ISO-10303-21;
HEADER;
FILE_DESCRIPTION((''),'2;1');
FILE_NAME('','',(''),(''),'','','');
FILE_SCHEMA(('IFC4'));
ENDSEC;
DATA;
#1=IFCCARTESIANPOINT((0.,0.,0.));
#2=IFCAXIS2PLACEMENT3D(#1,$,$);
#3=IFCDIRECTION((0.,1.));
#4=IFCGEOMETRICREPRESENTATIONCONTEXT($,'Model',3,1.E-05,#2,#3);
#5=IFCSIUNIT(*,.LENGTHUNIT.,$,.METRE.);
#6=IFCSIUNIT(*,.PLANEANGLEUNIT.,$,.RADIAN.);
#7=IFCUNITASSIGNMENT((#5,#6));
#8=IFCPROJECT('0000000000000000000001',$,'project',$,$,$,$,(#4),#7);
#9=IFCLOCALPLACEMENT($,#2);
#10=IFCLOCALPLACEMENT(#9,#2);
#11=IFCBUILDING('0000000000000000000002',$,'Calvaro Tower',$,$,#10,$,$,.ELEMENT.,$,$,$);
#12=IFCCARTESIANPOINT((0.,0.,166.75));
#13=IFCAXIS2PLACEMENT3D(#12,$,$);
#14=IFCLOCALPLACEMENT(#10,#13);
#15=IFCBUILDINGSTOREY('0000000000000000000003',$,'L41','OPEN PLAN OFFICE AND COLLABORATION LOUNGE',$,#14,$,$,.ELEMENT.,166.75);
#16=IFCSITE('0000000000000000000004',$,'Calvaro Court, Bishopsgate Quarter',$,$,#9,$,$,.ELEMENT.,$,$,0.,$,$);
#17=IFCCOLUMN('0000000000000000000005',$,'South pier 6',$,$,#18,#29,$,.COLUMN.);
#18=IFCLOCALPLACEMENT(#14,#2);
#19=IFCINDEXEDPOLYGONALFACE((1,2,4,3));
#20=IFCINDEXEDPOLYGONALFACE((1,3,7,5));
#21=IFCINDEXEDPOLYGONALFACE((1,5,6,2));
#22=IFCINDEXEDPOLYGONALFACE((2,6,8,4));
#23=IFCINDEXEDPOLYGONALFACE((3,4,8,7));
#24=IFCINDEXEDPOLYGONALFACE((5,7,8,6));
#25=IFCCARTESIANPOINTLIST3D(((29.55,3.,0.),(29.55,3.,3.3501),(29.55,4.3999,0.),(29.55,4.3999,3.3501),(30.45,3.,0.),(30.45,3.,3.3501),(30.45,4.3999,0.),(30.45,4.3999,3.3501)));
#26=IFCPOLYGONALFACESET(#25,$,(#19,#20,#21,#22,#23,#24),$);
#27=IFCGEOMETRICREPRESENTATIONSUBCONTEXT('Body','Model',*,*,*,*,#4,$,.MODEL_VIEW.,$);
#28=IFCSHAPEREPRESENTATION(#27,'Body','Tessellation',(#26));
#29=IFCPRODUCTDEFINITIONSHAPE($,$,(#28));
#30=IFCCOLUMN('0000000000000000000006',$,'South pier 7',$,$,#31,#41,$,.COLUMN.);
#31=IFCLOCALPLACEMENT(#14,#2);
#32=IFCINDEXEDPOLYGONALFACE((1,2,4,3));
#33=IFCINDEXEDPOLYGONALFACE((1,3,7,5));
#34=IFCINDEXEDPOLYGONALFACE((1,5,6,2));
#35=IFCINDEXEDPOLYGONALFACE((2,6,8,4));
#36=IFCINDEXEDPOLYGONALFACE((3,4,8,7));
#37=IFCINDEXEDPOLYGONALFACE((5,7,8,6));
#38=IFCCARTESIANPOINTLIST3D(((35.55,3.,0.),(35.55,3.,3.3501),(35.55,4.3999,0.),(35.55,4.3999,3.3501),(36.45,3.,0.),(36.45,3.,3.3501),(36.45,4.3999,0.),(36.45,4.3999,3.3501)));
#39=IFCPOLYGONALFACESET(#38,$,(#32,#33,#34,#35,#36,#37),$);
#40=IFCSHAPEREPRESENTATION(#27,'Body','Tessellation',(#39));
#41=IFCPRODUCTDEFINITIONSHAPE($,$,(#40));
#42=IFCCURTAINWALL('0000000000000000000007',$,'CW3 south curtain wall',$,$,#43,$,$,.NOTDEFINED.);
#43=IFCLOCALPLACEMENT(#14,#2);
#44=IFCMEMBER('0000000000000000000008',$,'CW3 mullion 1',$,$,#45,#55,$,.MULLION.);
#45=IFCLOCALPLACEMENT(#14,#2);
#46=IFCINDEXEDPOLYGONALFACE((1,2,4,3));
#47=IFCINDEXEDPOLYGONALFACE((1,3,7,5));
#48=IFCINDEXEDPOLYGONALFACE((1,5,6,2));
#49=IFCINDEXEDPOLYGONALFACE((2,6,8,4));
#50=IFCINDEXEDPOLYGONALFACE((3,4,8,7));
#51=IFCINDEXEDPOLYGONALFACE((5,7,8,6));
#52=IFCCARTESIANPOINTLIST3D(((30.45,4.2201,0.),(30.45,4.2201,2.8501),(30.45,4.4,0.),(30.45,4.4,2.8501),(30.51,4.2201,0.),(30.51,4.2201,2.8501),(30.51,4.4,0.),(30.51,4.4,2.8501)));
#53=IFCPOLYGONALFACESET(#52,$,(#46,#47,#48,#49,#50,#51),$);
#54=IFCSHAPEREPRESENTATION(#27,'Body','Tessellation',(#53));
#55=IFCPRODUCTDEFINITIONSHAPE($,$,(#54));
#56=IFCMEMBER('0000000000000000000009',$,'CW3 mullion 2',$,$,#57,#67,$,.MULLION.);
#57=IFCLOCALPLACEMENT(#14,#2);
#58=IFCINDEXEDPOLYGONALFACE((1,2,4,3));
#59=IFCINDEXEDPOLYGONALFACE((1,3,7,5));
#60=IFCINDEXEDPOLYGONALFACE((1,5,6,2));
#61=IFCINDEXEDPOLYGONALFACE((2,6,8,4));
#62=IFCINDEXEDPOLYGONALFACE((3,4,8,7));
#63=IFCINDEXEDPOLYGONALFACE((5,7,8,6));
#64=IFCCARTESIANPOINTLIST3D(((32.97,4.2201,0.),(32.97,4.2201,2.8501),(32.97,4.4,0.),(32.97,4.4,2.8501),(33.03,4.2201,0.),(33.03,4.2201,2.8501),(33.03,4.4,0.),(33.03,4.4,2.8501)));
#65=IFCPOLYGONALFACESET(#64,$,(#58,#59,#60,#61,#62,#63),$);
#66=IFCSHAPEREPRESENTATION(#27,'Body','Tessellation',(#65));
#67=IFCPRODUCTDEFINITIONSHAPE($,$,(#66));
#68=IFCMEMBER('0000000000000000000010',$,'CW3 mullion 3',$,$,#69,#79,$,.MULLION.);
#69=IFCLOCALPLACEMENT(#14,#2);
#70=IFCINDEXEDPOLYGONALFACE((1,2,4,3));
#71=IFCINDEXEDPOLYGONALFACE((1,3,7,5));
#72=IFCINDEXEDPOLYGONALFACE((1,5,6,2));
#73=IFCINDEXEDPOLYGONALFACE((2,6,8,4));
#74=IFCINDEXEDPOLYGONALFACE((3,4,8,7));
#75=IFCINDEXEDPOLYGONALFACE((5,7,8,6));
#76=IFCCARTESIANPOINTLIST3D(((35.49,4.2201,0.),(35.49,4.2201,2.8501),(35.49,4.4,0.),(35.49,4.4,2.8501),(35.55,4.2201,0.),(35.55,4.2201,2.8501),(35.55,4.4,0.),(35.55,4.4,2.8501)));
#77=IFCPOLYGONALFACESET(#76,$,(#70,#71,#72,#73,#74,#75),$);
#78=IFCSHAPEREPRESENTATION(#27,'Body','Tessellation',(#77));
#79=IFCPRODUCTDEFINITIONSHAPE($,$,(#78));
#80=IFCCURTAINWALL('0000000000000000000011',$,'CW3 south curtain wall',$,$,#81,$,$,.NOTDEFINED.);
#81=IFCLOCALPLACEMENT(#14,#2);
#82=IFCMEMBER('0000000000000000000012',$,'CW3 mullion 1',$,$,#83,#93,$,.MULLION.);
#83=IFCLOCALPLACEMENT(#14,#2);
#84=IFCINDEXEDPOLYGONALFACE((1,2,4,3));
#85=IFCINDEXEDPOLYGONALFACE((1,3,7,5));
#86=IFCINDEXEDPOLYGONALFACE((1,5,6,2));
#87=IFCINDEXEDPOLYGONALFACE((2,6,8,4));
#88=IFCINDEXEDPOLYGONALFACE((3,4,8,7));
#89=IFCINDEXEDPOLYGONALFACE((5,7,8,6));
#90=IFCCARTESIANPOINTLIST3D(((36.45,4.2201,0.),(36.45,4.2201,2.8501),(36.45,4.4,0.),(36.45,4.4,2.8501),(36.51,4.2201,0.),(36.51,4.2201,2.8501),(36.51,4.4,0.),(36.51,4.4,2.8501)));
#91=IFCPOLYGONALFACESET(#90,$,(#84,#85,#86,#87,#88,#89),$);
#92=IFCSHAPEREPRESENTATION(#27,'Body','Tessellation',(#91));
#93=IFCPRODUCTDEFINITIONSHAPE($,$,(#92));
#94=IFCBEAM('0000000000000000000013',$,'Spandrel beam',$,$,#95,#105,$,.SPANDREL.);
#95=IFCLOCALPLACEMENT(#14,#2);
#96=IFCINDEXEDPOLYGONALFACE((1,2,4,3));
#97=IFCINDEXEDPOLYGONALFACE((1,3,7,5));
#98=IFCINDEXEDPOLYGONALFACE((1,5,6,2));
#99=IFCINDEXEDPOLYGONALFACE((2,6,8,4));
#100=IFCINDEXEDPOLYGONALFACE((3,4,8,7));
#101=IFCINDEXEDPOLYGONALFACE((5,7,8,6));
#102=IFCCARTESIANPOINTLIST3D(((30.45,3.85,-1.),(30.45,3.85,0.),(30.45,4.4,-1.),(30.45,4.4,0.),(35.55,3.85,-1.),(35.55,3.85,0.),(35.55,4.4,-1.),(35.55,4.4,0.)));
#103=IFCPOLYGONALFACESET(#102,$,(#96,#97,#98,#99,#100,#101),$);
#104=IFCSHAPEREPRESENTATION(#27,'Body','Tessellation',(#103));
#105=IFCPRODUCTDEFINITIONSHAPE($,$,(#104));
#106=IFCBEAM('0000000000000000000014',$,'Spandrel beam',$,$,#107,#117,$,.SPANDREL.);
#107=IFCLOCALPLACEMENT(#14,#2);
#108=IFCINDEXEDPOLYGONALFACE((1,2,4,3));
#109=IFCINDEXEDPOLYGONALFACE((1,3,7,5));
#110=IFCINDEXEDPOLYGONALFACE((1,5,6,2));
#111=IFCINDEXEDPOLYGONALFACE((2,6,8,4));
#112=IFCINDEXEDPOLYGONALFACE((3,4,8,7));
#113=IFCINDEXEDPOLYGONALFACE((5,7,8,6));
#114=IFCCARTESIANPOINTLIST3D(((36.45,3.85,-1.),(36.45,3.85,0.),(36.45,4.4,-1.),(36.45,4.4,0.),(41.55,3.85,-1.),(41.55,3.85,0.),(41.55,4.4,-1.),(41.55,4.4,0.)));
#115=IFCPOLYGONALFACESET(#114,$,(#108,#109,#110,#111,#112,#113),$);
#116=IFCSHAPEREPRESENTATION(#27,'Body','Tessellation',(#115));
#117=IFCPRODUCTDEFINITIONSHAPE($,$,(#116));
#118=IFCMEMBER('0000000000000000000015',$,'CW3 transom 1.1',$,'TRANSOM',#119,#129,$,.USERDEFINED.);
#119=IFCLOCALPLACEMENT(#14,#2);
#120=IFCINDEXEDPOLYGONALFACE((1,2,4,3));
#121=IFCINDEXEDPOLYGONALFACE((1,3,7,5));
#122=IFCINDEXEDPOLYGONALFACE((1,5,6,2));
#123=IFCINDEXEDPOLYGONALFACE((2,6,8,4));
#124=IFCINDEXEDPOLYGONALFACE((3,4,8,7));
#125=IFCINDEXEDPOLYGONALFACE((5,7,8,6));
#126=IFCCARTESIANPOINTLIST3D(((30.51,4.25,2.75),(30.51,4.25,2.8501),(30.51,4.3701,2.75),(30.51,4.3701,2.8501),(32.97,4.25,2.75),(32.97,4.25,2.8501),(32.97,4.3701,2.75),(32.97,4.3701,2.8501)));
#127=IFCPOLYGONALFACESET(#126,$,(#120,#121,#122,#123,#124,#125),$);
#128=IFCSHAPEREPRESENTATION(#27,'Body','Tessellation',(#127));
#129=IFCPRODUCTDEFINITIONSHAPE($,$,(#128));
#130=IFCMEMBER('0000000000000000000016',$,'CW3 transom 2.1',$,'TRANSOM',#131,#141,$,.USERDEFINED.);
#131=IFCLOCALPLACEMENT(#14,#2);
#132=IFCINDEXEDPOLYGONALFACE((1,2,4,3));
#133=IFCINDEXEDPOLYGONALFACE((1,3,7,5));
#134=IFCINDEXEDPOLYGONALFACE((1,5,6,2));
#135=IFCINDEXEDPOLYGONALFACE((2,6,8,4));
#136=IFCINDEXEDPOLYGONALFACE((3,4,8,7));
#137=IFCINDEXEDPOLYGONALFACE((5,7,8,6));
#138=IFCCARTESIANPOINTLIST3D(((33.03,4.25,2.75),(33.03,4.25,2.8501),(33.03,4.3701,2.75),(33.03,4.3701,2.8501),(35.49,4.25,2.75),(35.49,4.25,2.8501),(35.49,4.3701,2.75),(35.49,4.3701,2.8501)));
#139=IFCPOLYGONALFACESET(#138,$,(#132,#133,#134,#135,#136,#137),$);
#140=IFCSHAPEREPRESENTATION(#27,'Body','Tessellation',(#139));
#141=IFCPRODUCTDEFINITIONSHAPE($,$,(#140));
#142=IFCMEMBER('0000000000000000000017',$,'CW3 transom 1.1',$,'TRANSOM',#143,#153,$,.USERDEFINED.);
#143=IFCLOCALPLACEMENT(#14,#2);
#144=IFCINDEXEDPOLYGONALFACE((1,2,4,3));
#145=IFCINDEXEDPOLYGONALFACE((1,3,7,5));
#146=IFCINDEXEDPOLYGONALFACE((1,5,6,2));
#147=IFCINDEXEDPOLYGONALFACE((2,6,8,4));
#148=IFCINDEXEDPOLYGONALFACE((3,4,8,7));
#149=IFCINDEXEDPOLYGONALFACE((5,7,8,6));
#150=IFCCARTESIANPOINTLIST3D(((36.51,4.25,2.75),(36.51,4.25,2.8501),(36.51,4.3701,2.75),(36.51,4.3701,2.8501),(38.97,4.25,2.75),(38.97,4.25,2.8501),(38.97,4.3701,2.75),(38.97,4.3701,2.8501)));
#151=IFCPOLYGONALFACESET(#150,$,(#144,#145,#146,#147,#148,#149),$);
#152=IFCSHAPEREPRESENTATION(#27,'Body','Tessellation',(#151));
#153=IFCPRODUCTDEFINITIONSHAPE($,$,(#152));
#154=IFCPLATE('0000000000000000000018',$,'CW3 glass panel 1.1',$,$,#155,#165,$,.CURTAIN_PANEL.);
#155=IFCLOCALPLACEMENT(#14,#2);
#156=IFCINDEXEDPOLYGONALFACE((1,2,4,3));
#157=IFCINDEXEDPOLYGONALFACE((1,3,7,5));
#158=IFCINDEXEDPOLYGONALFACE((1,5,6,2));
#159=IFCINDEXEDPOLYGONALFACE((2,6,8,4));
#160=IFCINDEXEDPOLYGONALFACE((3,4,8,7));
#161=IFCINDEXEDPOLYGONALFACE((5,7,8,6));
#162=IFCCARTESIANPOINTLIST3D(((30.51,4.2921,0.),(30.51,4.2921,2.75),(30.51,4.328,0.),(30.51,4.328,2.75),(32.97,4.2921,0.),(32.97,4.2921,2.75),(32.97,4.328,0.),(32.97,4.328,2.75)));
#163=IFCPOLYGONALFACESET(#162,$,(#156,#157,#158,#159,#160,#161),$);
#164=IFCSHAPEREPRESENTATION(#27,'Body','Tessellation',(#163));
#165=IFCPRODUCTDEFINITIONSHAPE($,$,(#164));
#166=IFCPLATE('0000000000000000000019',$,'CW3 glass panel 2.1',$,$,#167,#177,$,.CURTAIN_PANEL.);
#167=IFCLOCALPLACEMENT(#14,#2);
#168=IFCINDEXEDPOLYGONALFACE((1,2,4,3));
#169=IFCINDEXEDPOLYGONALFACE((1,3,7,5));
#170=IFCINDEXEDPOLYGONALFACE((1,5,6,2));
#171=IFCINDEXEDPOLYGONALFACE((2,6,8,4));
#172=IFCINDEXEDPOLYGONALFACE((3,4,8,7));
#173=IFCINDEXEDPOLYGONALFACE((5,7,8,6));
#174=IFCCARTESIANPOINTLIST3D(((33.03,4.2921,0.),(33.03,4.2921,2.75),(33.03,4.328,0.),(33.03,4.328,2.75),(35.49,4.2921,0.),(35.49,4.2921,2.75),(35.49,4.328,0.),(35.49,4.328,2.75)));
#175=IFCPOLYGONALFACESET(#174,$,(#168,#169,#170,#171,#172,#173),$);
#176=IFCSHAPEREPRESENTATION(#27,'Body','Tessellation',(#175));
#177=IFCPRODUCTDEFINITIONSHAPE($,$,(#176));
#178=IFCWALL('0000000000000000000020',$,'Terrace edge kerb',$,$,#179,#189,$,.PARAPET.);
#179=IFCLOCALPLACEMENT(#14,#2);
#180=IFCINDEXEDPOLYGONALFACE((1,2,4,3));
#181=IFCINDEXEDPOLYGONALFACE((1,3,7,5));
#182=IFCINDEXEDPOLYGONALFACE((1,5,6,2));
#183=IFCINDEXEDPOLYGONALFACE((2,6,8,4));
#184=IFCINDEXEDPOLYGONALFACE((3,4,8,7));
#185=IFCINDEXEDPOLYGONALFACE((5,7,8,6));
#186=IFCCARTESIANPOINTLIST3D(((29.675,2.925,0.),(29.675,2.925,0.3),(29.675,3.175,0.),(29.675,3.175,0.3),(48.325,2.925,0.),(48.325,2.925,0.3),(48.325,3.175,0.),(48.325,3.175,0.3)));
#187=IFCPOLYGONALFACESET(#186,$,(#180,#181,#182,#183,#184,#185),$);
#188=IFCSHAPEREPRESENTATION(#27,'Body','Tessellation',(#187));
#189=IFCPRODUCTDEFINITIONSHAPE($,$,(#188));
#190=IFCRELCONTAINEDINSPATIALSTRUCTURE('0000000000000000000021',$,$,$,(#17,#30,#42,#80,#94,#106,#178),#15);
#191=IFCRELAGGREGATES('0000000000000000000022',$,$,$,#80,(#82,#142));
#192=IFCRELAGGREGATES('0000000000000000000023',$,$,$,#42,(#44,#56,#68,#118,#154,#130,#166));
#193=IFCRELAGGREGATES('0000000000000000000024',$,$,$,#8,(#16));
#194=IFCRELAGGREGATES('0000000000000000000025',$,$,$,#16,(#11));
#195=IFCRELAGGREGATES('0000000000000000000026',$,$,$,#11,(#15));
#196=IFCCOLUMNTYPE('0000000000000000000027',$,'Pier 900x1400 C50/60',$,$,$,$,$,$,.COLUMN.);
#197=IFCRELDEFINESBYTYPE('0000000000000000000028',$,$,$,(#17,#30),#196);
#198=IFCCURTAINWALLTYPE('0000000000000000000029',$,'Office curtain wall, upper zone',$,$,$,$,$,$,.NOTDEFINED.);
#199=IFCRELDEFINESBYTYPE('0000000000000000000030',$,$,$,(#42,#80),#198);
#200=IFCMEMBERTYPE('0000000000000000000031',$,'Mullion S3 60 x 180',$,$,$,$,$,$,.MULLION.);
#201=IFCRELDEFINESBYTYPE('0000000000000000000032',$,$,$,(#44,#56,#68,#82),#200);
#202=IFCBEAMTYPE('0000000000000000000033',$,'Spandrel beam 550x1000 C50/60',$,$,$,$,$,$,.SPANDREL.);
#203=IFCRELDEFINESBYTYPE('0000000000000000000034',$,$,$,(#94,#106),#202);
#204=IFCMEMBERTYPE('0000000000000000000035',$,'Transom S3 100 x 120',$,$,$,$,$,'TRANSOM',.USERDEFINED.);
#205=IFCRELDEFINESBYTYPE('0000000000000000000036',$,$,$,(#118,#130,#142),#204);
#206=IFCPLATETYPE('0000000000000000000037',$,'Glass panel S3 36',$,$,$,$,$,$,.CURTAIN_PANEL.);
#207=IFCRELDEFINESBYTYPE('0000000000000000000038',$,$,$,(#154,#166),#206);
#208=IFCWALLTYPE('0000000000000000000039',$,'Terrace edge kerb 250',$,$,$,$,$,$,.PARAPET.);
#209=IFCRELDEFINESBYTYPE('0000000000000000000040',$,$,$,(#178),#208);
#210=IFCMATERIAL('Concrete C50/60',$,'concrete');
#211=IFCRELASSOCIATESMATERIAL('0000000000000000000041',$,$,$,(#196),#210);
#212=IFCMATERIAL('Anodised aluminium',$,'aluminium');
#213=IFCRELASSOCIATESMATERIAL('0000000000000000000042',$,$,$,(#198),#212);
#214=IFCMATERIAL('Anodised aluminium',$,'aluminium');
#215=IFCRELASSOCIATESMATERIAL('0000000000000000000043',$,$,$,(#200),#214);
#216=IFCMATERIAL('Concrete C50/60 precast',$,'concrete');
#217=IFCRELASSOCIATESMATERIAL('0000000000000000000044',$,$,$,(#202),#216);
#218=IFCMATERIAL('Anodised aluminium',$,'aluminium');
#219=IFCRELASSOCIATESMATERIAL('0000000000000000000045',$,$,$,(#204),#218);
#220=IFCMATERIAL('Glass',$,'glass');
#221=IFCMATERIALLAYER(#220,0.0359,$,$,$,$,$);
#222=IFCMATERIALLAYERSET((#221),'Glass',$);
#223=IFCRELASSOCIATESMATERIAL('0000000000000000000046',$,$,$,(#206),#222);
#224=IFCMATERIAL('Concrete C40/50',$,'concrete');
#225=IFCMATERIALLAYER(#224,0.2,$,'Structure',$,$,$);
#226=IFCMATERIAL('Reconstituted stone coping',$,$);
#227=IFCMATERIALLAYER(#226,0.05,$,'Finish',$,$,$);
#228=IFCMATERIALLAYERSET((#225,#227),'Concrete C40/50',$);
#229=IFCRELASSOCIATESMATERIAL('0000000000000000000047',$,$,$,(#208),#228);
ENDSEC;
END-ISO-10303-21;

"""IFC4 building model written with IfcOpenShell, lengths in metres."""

from ifc_helpers import new_model, si_unit, direction, frame, frame_2d, origin, origin_2d, place, context, subcontext, project, spatial, rectangle, extrude, material, layer, layer_set, material_profile, profile_set, type_object, element, aggregate, save


model = new_model("IFC4")

# Units and contexts
model_context = context("Model", 3, precision=1e-05, world=origin(), true_north=direction((0.0, 1.0)))
body_context = subcontext(model_context, "Body", "Model", "MODEL_VIEW")
ifc_project = project(units=[si_unit("LENGTHUNIT", "METRE"), si_unit("PLANEANGLEUNIT", "RADIAN")], contexts=[model_context])

# Site, building, storey
site_placement = place(None, origin())
site = spatial("IfcSite", under=ifc_project, at=site_placement, Name="Calvaro Court, Bishopsgate Quarter", CompositionType="ELEMENT", RefElevation=0.0)
building_placement = place(site_placement, origin())
building = spatial("IfcBuilding", under=site, at=building_placement, Name="Calvaro Tower", CompositionType="ELEMENT")
storey_placement = place(building_placement, frame((0.0, 0.0, 166.75)))
storey = spatial("IfcBuildingStorey", under=building, at=storey_placement, Name="L41", Description="OPEN PLAN OFFICE AND COLLABORATION LOUNGE", CompositionType="ELEMENT", Elevation=166.75)

# Columns
ifc_material_1 = material(Name="Concrete C50/60", Category="concrete")
ifc_material_profile_1 = material_profile(ifc_material_1, rectangle(XDim=0.8999, YDim=1.3999, at=origin_2d()), Name="RC 900x1400")
ifc_profile_set_1 = profile_set([ifc_material_profile_1], Name="Concrete C50/60")
column_type = type_object("IfcColumnType", Name="Pier 900x1400 C50/60", PredefinedType="COLUMN", material=ifc_profile_set_1)
for number, where, z_axis, x_axis, name in (
    (1, (30.0, 3.7, 0.0), (0.0, 0.0, 1.0), (1.0, 0.0, 0.0), "South pier 6"),
    (2, (36.0, 3.7, 0.0), (0.0, 0.0, 1.0), (1.0, 0.0, 0.0), "South pier 7"),
):
    element("IfcColumn", number, at=place(storey_placement, frame(where, z_axis=z_axis, x_axis=x_axis)), inside=storey, type_object=column_type, Name=name, PredefinedType="COLUMN", context=body_context, shape_type="SweptSolid", body=[
        extrude(rectangle(XDim=0.8999, YDim=1.3999, at=origin_2d()), origin(), (0.0, 0.0, 1.0), 3.3501),
    ])

# Curtain wall, members
ifc_material_2 = material(Name="Anodised aluminium", Category="aluminium")
curtain_wall_type = type_object("IfcCurtainWallType", Name="Office curtain wall, upper zone", PredefinedType="NOTDEFINED", material=ifc_material_2)
curtain_wall_1_placement = place(storey_placement, origin())
curtain_wall_1 = element("IfcCurtainWall", 3, at=curtain_wall_1_placement, inside=storey, type_object=curtain_wall_type, Name="CW3 south curtain wall", PredefinedType="NOTDEFINED")
ifc_material_3 = material(Name="Anodised aluminium", Category="aluminium")
ifc_material_profile_2 = material_profile(ifc_material_3, rectangle(XDim=0.1799, YDim=0.0601, at=origin_2d()), Name="Mullion S3 60 x 180")
ifc_profile_set_2 = profile_set([ifc_material_profile_2], Name="Anodised aluminium")
member_type_1 = type_object("IfcMemberType", Name="Mullion S3 60 x 180", PredefinedType="MULLION", material=ifc_profile_set_2)
member_1_placement = place(storey_placement, frame((30.48, 4.3101, 0.0), z_axis=(0.0, 0.0, 1.0), x_axis=(0.0, 1.0, 0.0)))
member_1 = element("IfcMember", 4, at=member_1_placement, type_object=member_type_1, Name="CW3 mullion 1", PredefinedType="MULLION", context=body_context, shape_type="SweptSolid", body=[
    extrude(rectangle(XDim=0.1799, YDim=0.0601, at=origin_2d()), origin(), (0.0, 0.0, 1.0), 2.8501),
])
member_2_placement = place(storey_placement, frame((33.0, 4.3101, 0.0), z_axis=(0.0, 0.0, 1.0), x_axis=(0.0, 1.0, 0.0)))
member_2 = element("IfcMember", 5, at=member_2_placement, type_object=member_type_1, Name="CW3 mullion 2", PredefinedType="MULLION", context=body_context, shape_type="SweptSolid", body=[
    extrude(rectangle(XDim=0.1799, YDim=0.0601, at=origin_2d()), origin(), (0.0, 0.0, 1.0), 2.8501),
])
member_3_placement = place(storey_placement, frame((35.52, 4.3101, 0.0), z_axis=(0.0, 0.0, 1.0), x_axis=(0.0, 1.0, 0.0)))
member_3 = element("IfcMember", 6, at=member_3_placement, type_object=member_type_1, Name="CW3 mullion 3", PredefinedType="MULLION", context=body_context, shape_type="SweptSolid", body=[
    extrude(rectangle(XDim=0.1799, YDim=0.0601, at=origin_2d()), origin(), (0.0, 0.0, 1.0), 2.8501),
])

# Curtain wall, member
curtain_wall_2_placement = place(storey_placement, origin())
curtain_wall_2 = element("IfcCurtainWall", 7, at=curtain_wall_2_placement, inside=storey, type_object=curtain_wall_type, Name="CW3 south curtain wall", PredefinedType="NOTDEFINED")
member_4_placement = place(storey_placement, frame((36.48, 4.3101, 0.0), z_axis=(0.0, 0.0, 1.0), x_axis=(0.0, 1.0, 0.0)))
member_4 = element("IfcMember", 8, at=member_4_placement, type_object=member_type_1, Name="CW3 mullion 1", PredefinedType="MULLION", context=body_context, shape_type="SweptSolid", body=[
    extrude(rectangle(XDim=0.1799, YDim=0.0601, at=origin_2d()), origin(), (0.0, 0.0, 1.0), 2.8501),
])

# Beams
ifc_material_4 = material(Name="Concrete C50/60 precast", Category="concrete")
ifc_material_profile_3 = material_profile(ifc_material_4, rectangle(XDim=0.55, YDim=1.0, at=origin_2d()), Name="RC 550x1000")
ifc_profile_set_3 = profile_set([ifc_material_profile_3], Name="Concrete C50/60 precast")
beam_type = type_object("IfcBeamType", Name="Spandrel beam 550x1000 C50/60", PredefinedType="SPANDREL", material=ifc_profile_set_3)
for number, where, z_axis, x_axis, name in (
    (9, (30.45, 4.125, -0.5), (1.0, 0.0, 0.0), (0.0, 1.0, 0.0), "Spandrel beam"),
    (10, (36.45, 4.125, -0.5), (1.0, 0.0, 0.0), (0.0, 1.0, 0.0), "Spandrel beam"),
):
    element("IfcBeam", number, at=place(storey_placement, frame(where, z_axis=z_axis, x_axis=x_axis)), inside=storey, type_object=beam_type, Name=name, PredefinedType="SPANDREL", context=body_context, shape_type="SweptSolid", body=[
        extrude(rectangle(XDim=0.55, YDim=1.0, at=origin_2d()), origin(), (0.0, 0.0, 1.0), 5.1001),
    ])

# Members
ifc_material_5 = material(Name="Anodised aluminium", Category="aluminium")
ifc_material_profile_4 = material_profile(ifc_material_5, rectangle(XDim=0.1201, YDim=0.1001, at=origin_2d()), Name="Transom S3 100 x 120")
ifc_profile_set_4 = profile_set([ifc_material_profile_4], Name="Anodised aluminium")
member_type_2 = type_object("IfcMemberType", Name="Transom S3 100 x 120", ElementType="TRANSOM", PredefinedType="USERDEFINED", material=ifc_profile_set_4)
member_5_placement = place(storey_placement, frame((30.51, 4.3101, 2.8), z_axis=(1.0, 0.0, 0.0), x_axis=(0.0, 1.0, 0.0)))
member_5 = element("IfcMember", 11, at=member_5_placement, type_object=member_type_2, Name="CW3 transom 1.1", ObjectType="TRANSOM", PredefinedType="USERDEFINED", context=body_context, shape_type="SweptSolid", body=[
    extrude(rectangle(XDim=0.1201, YDim=0.1001, at=origin_2d()), origin(), (0.0, 0.0, 1.0), 2.46),
])
member_6_placement = place(storey_placement, frame((33.03, 4.3101, 2.8), z_axis=(1.0, 0.0, 0.0), x_axis=(0.0, 1.0, 0.0)))
member_6 = element("IfcMember", 12, at=member_6_placement, type_object=member_type_2, Name="CW3 transom 2.1", ObjectType="TRANSOM", PredefinedType="USERDEFINED", context=body_context, shape_type="SweptSolid", body=[
    extrude(rectangle(XDim=0.1201, YDim=0.1001, at=origin_2d()), origin(), (0.0, 0.0, 1.0), 2.46),
])
member_7_placement = place(storey_placement, frame((36.51, 4.3101, 2.8), z_axis=(1.0, 0.0, 0.0), x_axis=(0.0, 1.0, 0.0)))
member_7 = element("IfcMember", 13, at=member_7_placement, type_object=member_type_2, Name="CW3 transom 1.1", ObjectType="TRANSOM", PredefinedType="USERDEFINED", context=body_context, shape_type="SweptSolid", body=[
    extrude(rectangle(XDim=0.1201, YDim=0.1001, at=origin_2d()), origin(), (0.0, 0.0, 1.0), 2.46),
])
aggregate(curtain_wall_2, [member_4, member_7])

# Plates
ifc_material_6 = material(Name="Glass", Category="glass")
ifc_layer_1 = layer(ifc_material_6, 0.0359)
ifc_layer_set_1 = layer_set([ifc_layer_1], Name="Glass")
plate_type = type_object("IfcPlateType", Name="Glass panel S3 36", PredefinedType="CURTAIN_PANEL", material=ifc_layer_set_1)
plate_1_placement = place(storey_placement, frame((31.74, 4.3101, 0.0), z_axis=(0.0, 0.0, 1.0), x_axis=(1.0, 0.0, 0.0)))
plate_1 = element("IfcPlate", 14, at=plate_1_placement, type_object=plate_type, Name="CW3 glass panel 1.1", PredefinedType="CURTAIN_PANEL", context=body_context, shape_type="SweptSolid", body=[
    extrude(rectangle(XDim=2.46, YDim=0.0359, at=origin_2d()), origin(), (0.0, 0.0, 1.0), 2.75),
])
plate_2_placement = place(storey_placement, frame((34.26, 4.3101, 0.0), z_axis=(0.0, 0.0, 1.0), x_axis=(1.0, 0.0, 0.0)))
plate_2 = element("IfcPlate", 15, at=plate_2_placement, type_object=plate_type, Name="CW3 glass panel 2.1", PredefinedType="CURTAIN_PANEL", context=body_context, shape_type="SweptSolid", body=[
    extrude(rectangle(XDim=2.46, YDim=0.0359, at=origin_2d()), origin(), (0.0, 0.0, 1.0), 2.75),
])
aggregate(curtain_wall_1, [member_1, member_2, member_3, member_5, plate_1, member_6, plate_2])

# Wall
ifc_material_7 = material(Name="Concrete C40/50", Category="concrete")
ifc_layer_2 = layer(ifc_material_7, 0.2, Name="Structure")
ifc_material_8 = material(Name="Reconstituted stone coping")
ifc_layer_3 = layer(ifc_material_8, 0.05, Name="Finish")
ifc_layer_set_2 = layer_set([ifc_layer_2, ifc_layer_3], Name="Concrete C40/50")
wall_type = type_object("IfcWallType", Name="Terrace edge kerb 250", PredefinedType="PARAPET", material=ifc_layer_set_2)
wall_placement = place(storey_placement, frame((29.675, 3.05, 0.0), z_axis=(0.0, 0.0, 1.0), x_axis=(1.0, 0.0, 0.0)))
element("IfcWall", 16, at=wall_placement, inside=storey, type_object=wall_type, Name="Terrace edge kerb", PredefinedType="PARAPET", context=body_context, shape_type="SweptSolid", body=[
    extrude(rectangle(XDim=18.6499, YDim=0.25, at=frame_2d((9.325, 0.0))), origin(), (0.0, 0.0, 1.0), 0.3),
])

save(model, "model.ifc")
